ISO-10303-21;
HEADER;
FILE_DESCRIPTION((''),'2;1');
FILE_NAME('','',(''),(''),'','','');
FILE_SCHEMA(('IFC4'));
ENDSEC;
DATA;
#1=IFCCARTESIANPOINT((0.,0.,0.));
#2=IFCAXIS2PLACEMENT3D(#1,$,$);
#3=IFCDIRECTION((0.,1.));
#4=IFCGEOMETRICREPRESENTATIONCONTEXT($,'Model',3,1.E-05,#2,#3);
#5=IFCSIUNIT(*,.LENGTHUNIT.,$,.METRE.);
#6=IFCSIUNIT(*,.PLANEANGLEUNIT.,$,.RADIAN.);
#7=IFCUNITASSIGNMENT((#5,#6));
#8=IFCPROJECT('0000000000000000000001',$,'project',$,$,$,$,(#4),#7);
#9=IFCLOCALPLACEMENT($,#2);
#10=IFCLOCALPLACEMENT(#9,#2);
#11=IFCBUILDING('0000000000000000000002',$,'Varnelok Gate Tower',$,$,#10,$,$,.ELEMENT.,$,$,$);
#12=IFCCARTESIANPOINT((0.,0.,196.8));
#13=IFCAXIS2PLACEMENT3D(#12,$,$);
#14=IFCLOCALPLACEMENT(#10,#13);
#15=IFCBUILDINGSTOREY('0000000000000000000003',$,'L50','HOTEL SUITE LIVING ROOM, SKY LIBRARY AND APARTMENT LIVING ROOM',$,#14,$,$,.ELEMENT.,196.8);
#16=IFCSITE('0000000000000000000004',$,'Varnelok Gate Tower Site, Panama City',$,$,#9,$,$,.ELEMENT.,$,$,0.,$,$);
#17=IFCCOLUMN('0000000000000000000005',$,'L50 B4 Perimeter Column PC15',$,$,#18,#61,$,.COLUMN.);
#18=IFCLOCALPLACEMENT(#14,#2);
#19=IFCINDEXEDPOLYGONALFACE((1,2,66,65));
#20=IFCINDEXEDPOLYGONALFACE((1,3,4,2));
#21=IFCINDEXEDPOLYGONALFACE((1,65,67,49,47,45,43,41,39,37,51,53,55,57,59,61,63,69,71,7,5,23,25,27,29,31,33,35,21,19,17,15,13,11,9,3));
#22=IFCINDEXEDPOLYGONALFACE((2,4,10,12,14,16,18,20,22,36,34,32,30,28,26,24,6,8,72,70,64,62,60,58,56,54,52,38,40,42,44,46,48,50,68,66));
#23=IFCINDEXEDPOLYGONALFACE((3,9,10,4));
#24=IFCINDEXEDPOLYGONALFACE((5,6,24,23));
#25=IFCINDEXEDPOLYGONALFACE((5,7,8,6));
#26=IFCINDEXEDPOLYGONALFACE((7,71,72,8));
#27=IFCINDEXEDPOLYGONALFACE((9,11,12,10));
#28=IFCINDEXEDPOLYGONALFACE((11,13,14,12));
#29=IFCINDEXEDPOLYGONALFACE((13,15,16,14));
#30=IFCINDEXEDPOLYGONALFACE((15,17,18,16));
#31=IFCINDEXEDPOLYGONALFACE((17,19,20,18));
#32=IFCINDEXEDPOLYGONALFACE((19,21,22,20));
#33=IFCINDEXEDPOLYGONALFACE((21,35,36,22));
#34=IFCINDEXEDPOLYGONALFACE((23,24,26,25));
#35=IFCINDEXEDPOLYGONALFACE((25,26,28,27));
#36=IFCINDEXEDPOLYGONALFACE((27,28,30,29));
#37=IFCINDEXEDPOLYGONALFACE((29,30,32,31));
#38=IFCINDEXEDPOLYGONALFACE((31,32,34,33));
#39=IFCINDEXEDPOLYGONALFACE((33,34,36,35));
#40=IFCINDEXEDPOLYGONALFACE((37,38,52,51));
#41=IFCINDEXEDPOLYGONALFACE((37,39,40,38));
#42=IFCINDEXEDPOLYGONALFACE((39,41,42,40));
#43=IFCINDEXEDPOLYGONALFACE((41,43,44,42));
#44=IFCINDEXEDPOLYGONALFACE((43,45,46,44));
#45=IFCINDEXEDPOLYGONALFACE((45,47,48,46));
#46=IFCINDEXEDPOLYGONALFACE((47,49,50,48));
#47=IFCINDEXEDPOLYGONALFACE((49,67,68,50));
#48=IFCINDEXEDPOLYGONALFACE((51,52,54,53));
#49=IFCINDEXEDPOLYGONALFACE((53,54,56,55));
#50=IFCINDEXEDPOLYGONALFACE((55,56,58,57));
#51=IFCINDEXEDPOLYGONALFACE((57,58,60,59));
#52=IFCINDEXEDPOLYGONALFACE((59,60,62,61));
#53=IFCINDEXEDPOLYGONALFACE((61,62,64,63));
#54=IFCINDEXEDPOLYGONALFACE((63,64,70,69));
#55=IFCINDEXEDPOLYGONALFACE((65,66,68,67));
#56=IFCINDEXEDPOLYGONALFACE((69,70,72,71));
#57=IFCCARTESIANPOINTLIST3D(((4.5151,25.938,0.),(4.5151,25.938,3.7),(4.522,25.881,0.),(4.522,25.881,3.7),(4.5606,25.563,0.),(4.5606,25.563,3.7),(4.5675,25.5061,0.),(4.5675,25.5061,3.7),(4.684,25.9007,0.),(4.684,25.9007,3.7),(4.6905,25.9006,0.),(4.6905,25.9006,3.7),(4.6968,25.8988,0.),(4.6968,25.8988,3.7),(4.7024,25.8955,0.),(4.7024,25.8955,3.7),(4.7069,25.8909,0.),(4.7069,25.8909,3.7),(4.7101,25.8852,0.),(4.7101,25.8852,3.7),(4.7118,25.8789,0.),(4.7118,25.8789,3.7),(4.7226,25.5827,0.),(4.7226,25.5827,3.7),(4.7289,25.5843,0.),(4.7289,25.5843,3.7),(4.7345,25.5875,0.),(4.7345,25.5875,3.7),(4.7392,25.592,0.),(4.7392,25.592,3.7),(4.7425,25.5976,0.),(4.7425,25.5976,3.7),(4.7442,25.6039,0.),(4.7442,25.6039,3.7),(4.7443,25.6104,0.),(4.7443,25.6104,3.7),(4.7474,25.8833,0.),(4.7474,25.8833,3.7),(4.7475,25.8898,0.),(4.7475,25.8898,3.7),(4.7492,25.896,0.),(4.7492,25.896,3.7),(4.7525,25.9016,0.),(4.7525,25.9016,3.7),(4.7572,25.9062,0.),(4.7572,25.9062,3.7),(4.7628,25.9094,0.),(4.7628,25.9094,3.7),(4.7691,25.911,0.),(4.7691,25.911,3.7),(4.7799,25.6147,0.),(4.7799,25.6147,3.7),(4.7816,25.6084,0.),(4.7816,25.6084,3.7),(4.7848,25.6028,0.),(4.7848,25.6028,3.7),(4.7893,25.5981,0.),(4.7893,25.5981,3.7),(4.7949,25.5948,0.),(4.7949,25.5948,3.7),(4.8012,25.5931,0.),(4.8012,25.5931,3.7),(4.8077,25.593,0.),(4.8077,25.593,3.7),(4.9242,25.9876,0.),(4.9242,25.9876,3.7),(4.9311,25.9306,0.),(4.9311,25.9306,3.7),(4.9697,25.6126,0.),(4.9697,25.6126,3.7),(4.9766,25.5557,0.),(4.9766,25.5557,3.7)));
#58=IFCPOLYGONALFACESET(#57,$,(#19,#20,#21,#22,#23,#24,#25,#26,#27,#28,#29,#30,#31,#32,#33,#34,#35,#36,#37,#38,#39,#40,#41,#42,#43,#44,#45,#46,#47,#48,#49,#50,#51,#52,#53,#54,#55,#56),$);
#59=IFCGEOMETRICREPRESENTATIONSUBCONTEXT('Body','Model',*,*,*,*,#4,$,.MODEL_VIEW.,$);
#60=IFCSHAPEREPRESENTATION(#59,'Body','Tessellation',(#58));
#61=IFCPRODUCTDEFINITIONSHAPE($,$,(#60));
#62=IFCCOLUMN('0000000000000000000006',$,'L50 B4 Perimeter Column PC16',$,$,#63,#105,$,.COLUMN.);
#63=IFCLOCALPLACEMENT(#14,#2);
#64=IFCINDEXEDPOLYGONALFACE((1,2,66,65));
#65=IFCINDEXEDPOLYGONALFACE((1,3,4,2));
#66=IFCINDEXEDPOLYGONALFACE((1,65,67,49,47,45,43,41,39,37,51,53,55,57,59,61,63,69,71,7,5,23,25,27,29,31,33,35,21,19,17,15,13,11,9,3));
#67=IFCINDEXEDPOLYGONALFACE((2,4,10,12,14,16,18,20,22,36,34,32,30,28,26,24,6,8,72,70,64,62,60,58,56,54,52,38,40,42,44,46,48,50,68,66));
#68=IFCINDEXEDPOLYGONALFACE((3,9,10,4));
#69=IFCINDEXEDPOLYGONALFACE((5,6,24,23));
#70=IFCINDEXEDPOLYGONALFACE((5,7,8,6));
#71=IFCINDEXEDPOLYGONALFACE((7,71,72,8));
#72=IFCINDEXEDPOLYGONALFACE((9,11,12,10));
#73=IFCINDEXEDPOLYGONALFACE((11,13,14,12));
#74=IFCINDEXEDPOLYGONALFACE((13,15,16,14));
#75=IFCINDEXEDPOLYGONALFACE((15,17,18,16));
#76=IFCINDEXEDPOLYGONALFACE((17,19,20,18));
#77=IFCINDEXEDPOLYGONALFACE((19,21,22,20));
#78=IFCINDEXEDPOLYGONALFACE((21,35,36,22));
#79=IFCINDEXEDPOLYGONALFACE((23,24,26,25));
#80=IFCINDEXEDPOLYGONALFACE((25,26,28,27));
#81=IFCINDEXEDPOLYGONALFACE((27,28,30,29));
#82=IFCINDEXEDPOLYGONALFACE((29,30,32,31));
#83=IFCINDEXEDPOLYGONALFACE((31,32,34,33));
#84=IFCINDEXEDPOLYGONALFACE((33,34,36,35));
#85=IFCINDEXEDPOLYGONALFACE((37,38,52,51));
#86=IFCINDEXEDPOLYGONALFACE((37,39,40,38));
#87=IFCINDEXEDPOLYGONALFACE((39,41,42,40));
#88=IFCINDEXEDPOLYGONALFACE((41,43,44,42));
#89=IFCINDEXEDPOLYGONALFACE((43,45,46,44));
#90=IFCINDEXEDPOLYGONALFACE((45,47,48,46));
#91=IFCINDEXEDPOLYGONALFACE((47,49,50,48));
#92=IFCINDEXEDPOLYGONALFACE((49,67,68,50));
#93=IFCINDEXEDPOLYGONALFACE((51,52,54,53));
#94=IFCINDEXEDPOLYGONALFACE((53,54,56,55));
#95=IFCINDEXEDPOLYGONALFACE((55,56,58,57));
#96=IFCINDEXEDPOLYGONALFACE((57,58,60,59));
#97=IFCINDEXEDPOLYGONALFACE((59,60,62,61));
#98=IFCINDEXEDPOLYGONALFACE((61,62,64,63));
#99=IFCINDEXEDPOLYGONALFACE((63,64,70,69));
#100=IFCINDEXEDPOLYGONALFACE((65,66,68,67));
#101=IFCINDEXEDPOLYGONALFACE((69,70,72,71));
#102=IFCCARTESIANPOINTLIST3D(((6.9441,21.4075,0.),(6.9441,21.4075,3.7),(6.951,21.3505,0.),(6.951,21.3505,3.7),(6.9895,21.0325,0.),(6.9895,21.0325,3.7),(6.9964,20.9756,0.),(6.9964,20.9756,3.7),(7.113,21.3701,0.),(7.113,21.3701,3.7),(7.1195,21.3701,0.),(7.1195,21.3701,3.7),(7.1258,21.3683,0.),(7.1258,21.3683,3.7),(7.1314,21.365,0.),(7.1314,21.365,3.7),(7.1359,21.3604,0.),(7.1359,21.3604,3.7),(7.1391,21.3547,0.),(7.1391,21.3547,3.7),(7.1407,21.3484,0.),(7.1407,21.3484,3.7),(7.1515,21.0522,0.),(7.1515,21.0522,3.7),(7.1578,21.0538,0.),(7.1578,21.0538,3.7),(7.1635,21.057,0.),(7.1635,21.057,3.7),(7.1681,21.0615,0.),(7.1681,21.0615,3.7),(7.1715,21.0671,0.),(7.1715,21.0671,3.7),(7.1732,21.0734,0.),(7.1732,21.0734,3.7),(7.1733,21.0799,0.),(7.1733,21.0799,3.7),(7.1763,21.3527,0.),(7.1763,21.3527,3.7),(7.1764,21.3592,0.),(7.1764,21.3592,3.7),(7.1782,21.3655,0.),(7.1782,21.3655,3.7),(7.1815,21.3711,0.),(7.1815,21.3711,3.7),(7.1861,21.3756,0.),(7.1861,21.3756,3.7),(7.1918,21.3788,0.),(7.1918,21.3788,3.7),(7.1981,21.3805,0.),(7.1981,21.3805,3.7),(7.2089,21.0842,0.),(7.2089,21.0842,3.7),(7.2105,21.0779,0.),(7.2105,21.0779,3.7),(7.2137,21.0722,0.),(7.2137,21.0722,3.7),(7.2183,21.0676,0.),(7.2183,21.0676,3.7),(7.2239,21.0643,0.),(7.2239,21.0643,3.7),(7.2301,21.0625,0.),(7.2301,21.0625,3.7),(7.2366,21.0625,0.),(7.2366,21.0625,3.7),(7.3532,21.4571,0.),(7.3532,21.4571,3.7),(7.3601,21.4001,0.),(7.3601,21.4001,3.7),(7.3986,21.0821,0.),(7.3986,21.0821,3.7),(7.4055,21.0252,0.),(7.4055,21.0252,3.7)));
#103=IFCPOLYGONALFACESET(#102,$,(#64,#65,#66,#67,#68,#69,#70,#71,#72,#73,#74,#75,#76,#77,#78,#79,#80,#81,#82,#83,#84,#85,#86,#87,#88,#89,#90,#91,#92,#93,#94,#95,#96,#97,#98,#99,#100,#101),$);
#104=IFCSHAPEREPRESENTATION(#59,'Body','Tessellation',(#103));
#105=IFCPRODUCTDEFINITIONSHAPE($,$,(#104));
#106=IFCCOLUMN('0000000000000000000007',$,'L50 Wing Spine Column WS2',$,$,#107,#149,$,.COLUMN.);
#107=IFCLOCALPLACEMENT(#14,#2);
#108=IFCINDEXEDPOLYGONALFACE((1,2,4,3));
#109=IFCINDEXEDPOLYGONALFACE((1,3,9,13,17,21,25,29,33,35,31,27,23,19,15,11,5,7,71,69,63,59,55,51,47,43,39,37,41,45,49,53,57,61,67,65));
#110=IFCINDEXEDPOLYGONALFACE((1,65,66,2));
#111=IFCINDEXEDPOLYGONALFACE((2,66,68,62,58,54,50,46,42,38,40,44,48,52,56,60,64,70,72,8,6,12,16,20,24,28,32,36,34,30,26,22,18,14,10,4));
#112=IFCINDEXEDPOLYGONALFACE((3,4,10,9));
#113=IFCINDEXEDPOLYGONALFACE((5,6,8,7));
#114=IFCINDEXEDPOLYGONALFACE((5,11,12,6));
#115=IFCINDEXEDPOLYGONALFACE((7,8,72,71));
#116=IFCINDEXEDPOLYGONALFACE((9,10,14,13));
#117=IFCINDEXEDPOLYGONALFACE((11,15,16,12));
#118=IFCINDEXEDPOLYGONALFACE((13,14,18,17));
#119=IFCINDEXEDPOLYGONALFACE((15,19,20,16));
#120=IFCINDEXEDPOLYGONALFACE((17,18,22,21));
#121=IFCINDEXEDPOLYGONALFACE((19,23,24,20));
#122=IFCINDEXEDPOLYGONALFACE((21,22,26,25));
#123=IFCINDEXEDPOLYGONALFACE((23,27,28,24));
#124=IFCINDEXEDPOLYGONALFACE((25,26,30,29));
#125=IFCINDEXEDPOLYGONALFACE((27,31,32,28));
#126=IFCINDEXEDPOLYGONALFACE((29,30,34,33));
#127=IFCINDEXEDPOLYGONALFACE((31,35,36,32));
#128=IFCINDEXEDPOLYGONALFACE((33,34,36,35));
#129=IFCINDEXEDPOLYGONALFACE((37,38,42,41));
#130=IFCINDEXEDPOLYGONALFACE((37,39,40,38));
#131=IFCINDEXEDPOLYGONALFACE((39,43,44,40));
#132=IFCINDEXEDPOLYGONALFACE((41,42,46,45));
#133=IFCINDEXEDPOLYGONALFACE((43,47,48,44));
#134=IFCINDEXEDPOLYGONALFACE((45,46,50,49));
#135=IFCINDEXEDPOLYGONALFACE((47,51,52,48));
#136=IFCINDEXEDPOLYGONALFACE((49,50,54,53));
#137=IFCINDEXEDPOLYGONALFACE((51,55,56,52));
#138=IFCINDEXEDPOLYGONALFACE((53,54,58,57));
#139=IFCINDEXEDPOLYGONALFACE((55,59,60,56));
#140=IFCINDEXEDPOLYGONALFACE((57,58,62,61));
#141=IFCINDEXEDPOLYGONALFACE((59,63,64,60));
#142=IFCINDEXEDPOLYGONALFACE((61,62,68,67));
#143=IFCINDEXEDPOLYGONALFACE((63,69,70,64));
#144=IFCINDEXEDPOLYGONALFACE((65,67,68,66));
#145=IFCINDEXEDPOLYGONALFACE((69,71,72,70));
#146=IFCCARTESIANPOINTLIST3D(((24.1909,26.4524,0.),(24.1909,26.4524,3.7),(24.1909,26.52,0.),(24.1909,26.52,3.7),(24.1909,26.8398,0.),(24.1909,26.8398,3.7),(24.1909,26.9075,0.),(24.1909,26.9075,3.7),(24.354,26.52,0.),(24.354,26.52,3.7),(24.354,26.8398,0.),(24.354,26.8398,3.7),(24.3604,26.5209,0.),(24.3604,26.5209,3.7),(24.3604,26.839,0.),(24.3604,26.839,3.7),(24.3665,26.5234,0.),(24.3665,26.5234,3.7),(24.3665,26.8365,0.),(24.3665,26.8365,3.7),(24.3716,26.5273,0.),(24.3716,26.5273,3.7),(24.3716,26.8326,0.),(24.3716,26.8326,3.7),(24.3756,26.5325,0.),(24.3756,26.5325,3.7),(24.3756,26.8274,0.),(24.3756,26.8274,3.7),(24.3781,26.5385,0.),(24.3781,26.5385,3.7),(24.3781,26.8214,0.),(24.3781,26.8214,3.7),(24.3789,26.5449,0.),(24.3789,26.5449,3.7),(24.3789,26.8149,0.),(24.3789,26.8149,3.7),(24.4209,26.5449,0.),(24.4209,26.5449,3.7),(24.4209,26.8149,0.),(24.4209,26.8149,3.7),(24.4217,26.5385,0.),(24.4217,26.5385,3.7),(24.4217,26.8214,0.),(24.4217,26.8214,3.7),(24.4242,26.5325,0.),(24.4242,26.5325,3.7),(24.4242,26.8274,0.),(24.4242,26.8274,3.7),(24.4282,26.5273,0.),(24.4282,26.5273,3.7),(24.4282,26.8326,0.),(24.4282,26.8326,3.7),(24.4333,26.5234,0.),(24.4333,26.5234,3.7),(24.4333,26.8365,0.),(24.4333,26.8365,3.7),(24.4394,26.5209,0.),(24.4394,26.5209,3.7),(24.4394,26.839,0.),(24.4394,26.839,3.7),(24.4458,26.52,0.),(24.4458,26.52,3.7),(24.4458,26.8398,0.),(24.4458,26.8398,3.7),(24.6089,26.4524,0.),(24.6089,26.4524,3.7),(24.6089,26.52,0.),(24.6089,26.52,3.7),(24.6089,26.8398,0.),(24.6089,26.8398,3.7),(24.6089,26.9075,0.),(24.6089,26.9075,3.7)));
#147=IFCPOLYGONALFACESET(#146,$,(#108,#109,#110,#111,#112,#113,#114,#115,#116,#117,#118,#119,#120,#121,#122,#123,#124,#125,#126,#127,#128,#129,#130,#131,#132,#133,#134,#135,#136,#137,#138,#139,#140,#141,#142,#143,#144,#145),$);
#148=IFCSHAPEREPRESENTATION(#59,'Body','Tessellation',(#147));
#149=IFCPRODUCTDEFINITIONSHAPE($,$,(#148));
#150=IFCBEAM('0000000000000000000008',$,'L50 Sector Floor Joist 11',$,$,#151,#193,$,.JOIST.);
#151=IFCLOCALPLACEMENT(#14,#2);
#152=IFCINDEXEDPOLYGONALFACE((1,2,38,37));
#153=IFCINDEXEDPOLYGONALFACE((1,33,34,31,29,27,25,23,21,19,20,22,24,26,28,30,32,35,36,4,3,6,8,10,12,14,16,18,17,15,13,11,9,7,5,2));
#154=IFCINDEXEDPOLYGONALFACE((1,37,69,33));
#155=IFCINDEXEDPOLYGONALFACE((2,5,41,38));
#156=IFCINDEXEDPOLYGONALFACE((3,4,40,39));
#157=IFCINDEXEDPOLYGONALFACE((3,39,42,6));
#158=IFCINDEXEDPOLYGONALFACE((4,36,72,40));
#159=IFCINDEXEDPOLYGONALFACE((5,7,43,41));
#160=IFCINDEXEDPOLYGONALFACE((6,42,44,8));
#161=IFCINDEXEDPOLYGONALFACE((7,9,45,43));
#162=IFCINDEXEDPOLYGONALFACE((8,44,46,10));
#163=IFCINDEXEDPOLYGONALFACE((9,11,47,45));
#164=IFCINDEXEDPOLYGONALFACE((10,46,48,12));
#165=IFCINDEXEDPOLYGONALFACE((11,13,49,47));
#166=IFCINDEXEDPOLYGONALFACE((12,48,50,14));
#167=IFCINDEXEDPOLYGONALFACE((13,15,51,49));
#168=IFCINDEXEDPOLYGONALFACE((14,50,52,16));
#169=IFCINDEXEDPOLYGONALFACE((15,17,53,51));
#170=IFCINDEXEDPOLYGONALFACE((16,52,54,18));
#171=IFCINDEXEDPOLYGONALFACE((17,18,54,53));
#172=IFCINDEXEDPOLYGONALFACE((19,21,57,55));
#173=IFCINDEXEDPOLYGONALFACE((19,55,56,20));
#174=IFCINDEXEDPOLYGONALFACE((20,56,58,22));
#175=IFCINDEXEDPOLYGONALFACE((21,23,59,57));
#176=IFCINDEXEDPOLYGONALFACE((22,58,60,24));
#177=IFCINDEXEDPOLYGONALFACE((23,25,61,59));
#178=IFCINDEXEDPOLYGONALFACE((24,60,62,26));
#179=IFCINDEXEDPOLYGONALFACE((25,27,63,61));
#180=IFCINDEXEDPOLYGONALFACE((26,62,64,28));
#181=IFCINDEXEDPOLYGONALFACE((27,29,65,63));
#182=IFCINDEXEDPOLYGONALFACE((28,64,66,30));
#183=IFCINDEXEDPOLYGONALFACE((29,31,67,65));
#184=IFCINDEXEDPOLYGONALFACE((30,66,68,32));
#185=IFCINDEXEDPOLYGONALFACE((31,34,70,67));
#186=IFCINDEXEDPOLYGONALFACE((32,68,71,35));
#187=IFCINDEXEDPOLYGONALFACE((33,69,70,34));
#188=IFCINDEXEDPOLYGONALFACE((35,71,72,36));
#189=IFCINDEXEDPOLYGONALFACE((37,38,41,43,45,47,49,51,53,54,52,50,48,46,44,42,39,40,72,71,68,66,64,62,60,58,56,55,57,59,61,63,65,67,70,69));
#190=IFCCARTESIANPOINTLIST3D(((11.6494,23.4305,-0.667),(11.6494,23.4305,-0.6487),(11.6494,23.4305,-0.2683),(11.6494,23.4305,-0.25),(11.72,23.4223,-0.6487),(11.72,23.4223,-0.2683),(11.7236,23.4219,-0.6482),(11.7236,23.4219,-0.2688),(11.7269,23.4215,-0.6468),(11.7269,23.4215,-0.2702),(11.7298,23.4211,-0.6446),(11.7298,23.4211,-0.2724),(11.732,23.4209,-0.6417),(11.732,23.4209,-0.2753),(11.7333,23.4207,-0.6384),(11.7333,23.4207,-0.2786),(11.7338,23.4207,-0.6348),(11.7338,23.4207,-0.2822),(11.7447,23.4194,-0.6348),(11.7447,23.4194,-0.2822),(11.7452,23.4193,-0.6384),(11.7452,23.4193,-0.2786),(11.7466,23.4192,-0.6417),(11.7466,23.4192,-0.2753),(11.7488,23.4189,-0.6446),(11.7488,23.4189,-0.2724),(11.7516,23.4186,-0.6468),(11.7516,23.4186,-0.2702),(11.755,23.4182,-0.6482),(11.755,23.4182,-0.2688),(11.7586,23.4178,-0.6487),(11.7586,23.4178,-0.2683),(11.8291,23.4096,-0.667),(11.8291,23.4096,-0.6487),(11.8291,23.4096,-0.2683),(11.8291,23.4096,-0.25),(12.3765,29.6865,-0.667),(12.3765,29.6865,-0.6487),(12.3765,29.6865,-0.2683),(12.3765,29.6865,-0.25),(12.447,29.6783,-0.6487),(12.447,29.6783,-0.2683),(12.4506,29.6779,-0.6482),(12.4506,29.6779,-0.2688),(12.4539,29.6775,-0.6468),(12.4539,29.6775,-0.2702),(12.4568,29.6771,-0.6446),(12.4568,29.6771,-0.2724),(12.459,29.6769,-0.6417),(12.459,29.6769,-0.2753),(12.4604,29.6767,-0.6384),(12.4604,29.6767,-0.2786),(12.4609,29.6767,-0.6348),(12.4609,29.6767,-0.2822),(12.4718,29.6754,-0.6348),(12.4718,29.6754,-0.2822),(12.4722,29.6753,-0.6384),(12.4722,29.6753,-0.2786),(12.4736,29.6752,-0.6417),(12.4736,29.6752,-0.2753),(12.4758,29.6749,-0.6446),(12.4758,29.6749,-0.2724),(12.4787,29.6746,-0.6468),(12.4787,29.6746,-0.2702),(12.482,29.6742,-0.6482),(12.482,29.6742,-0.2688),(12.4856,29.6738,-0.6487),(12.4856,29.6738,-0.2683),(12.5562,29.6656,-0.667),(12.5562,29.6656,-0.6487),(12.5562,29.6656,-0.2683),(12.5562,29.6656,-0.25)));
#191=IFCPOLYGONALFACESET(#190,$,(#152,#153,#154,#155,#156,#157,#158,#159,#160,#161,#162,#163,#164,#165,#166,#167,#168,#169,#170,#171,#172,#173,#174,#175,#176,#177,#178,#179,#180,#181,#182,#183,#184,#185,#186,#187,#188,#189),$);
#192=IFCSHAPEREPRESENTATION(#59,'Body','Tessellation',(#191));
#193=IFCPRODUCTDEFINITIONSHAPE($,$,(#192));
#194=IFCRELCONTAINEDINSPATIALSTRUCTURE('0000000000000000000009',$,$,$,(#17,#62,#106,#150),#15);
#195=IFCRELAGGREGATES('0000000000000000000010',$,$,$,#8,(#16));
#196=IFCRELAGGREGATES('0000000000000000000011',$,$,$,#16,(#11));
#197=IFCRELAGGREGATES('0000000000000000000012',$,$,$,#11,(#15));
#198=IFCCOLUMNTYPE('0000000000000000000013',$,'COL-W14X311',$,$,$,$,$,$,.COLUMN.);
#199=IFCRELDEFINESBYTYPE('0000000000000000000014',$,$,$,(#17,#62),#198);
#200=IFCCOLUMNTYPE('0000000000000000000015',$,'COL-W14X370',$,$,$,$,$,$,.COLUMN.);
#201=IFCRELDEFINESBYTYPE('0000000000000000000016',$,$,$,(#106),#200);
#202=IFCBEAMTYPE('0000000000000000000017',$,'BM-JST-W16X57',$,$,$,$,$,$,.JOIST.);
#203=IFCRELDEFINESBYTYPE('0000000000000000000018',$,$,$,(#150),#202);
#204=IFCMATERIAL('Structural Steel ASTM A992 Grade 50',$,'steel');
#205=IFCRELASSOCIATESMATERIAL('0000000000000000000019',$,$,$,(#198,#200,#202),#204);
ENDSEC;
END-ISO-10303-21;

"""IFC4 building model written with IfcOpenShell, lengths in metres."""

from ifc_helpers import new_model, si_unit, direction, frame, origin, origin_2d, place, context, subcontext, project, spatial, i_section, extrude, material, material_profile, profile_set, type_object, element, save


model = new_model("IFC4")

# Units and contexts
model_context = context("Model", 3, precision=1e-05, world=origin(), true_north=direction((0.0, 1.0)))
body_context = subcontext(model_context, "Body", "Model", "MODEL_VIEW")
ifc_project = project(units=[si_unit("LENGTHUNIT", "METRE"), si_unit("PLANEANGLEUNIT", "RADIAN")], contexts=[model_context])

# Site, building, storey
site_placement = place(None, origin())
site = spatial("IfcSite", under=ifc_project, at=site_placement, Name="Varnelok Gate Tower Site, Panama City", CompositionType="ELEMENT", RefElevation=0.0)
building_placement = place(site_placement, origin())
building = spatial("IfcBuilding", under=site, at=building_placement, Name="Varnelok Gate Tower", CompositionType="ELEMENT")
storey_placement = place(building_placement, frame((0.0, 0.0, 196.8)))
storey = spatial("IfcBuildingStorey", under=building, at=storey_placement, Name="L50", Description="HOTEL SUITE LIVING ROOM, SKY LIBRARY AND APARTMENT LIVING ROOM", CompositionType="ELEMENT", Elevation=196.8)

# Columns
ifc_material_1 = material(Name="Structural Steel ASTM A992 Grade 50", Category="steel")
ifc_material_profile_1 = material_profile(ifc_material_1, i_section(OverallWidth=0.4121, OverallDepth=0.4351, WebThickness=0.0359, FlangeThickness=0.0574, FilletRadius=0.0249, at=origin_2d()), Name="W14X311")
ifc_profile_set_1 = profile_set([ifc_material_profile_1], Name="Structural Steel ASTM A992 Grade 50")
column_type_1 = type_object("IfcColumnType", Name="COL-W14X311", PredefinedType="COLUMN", material=ifc_profile_set_1)
for number, where, z_axis, x_axis, name in (
    (1, (4.7458, 25.7468, 0.0), (0.0, 0.0, 1.0), (0.992732, 0.120345, 0.0), "L50 B4 Perimeter Column PC15"),
    (2, (7.1748, 21.2163, 0.0), (0.0, 0.0, 1.0), (0.992732, 0.120345, 0.0), "L50 B4 Perimeter Column PC16"),
):
    element("IfcColumn", number, at=place(storey_placement, frame(where, z_axis=z_axis, x_axis=x_axis)), inside=storey, type_object=column_type_1, Name=name, PredefinedType="COLUMN", context=body_context, shape_type="SweptSolid", body=[
        extrude(i_section(OverallWidth=0.4121, OverallDepth=0.4351, WebThickness=0.0359, FlangeThickness=0.0574, FilletRadius=0.0249, at=origin_2d()), origin(), (0.0, 0.0, 1.0), 3.7),
    ])
ifc_material_profile_2 = material_profile(ifc_material_1, i_section(OverallWidth=0.418, OverallDepth=0.4551, WebThickness=0.042, FlangeThickness=0.0676, FilletRadius=0.0249, at=origin_2d()), Name="W14X370")
ifc_profile_set_2 = profile_set([ifc_material_profile_2], Name="Structural Steel ASTM A992 Grade 50")
column_type_2 = type_object("IfcColumnType", Name="COL-W14X370", PredefinedType="COLUMN", material=ifc_profile_set_2)
column_placement = place(storey_placement, frame((24.3999, 26.6799, 0.0), z_axis=(0.0, 0.0, 1.0), x_axis=(1.0, 0.0, 0.0)))
element("IfcColumn", 3, at=column_placement, inside=storey, type_object=column_type_2, Name="L50 Wing Spine Column WS2", PredefinedType="COLUMN", context=body_context, shape_type="SweptSolid", body=[
    extrude(i_section(OverallWidth=0.418, OverallDepth=0.4551, WebThickness=0.042, FlangeThickness=0.0676, FilletRadius=0.0249, at=origin_2d()), origin(), (0.0, 0.0, 1.0), 3.7),
])

# Beam
ifc_material_profile_3 = material_profile(ifc_material_1, i_section(OverallWidth=0.1809, OverallDepth=0.417, WebThickness=0.011, FlangeThickness=0.0183, FilletRadius=0.0139, at=origin_2d()), Name="W16X57")
ifc_profile_set_3 = profile_set([ifc_material_profile_3], Name="Structural Steel ASTM A992 Grade 50")
beam_type_1 = type_object("IfcBeamType", Name="BM-JST-W16X57", PredefinedType="JOIST", material=ifc_profile_set_3)
beam_1_placement = place(storey_placement, frame((12.4663, 29.676, -0.4585), z_axis=(-0.115438, -0.993315, 0.0), x_axis=(0.993315, -0.115438, 0.0)))
element("IfcBeam", 4, at=beam_1_placement, inside=storey, type_object=beam_type_1, Name="L50 Sector Floor Joist 11", PredefinedType="JOIST", context=body_context, shape_type="SweptSolid", body=[
    extrude(i_section(OverallWidth=0.1809, OverallDepth=0.417, WebThickness=0.011, FlangeThickness=0.0183, FilletRadius=0.0139, at=origin_2d()), origin(), (0.0, 0.0, 1.0), 6.2981),
])

save(model, "model.ifc")
